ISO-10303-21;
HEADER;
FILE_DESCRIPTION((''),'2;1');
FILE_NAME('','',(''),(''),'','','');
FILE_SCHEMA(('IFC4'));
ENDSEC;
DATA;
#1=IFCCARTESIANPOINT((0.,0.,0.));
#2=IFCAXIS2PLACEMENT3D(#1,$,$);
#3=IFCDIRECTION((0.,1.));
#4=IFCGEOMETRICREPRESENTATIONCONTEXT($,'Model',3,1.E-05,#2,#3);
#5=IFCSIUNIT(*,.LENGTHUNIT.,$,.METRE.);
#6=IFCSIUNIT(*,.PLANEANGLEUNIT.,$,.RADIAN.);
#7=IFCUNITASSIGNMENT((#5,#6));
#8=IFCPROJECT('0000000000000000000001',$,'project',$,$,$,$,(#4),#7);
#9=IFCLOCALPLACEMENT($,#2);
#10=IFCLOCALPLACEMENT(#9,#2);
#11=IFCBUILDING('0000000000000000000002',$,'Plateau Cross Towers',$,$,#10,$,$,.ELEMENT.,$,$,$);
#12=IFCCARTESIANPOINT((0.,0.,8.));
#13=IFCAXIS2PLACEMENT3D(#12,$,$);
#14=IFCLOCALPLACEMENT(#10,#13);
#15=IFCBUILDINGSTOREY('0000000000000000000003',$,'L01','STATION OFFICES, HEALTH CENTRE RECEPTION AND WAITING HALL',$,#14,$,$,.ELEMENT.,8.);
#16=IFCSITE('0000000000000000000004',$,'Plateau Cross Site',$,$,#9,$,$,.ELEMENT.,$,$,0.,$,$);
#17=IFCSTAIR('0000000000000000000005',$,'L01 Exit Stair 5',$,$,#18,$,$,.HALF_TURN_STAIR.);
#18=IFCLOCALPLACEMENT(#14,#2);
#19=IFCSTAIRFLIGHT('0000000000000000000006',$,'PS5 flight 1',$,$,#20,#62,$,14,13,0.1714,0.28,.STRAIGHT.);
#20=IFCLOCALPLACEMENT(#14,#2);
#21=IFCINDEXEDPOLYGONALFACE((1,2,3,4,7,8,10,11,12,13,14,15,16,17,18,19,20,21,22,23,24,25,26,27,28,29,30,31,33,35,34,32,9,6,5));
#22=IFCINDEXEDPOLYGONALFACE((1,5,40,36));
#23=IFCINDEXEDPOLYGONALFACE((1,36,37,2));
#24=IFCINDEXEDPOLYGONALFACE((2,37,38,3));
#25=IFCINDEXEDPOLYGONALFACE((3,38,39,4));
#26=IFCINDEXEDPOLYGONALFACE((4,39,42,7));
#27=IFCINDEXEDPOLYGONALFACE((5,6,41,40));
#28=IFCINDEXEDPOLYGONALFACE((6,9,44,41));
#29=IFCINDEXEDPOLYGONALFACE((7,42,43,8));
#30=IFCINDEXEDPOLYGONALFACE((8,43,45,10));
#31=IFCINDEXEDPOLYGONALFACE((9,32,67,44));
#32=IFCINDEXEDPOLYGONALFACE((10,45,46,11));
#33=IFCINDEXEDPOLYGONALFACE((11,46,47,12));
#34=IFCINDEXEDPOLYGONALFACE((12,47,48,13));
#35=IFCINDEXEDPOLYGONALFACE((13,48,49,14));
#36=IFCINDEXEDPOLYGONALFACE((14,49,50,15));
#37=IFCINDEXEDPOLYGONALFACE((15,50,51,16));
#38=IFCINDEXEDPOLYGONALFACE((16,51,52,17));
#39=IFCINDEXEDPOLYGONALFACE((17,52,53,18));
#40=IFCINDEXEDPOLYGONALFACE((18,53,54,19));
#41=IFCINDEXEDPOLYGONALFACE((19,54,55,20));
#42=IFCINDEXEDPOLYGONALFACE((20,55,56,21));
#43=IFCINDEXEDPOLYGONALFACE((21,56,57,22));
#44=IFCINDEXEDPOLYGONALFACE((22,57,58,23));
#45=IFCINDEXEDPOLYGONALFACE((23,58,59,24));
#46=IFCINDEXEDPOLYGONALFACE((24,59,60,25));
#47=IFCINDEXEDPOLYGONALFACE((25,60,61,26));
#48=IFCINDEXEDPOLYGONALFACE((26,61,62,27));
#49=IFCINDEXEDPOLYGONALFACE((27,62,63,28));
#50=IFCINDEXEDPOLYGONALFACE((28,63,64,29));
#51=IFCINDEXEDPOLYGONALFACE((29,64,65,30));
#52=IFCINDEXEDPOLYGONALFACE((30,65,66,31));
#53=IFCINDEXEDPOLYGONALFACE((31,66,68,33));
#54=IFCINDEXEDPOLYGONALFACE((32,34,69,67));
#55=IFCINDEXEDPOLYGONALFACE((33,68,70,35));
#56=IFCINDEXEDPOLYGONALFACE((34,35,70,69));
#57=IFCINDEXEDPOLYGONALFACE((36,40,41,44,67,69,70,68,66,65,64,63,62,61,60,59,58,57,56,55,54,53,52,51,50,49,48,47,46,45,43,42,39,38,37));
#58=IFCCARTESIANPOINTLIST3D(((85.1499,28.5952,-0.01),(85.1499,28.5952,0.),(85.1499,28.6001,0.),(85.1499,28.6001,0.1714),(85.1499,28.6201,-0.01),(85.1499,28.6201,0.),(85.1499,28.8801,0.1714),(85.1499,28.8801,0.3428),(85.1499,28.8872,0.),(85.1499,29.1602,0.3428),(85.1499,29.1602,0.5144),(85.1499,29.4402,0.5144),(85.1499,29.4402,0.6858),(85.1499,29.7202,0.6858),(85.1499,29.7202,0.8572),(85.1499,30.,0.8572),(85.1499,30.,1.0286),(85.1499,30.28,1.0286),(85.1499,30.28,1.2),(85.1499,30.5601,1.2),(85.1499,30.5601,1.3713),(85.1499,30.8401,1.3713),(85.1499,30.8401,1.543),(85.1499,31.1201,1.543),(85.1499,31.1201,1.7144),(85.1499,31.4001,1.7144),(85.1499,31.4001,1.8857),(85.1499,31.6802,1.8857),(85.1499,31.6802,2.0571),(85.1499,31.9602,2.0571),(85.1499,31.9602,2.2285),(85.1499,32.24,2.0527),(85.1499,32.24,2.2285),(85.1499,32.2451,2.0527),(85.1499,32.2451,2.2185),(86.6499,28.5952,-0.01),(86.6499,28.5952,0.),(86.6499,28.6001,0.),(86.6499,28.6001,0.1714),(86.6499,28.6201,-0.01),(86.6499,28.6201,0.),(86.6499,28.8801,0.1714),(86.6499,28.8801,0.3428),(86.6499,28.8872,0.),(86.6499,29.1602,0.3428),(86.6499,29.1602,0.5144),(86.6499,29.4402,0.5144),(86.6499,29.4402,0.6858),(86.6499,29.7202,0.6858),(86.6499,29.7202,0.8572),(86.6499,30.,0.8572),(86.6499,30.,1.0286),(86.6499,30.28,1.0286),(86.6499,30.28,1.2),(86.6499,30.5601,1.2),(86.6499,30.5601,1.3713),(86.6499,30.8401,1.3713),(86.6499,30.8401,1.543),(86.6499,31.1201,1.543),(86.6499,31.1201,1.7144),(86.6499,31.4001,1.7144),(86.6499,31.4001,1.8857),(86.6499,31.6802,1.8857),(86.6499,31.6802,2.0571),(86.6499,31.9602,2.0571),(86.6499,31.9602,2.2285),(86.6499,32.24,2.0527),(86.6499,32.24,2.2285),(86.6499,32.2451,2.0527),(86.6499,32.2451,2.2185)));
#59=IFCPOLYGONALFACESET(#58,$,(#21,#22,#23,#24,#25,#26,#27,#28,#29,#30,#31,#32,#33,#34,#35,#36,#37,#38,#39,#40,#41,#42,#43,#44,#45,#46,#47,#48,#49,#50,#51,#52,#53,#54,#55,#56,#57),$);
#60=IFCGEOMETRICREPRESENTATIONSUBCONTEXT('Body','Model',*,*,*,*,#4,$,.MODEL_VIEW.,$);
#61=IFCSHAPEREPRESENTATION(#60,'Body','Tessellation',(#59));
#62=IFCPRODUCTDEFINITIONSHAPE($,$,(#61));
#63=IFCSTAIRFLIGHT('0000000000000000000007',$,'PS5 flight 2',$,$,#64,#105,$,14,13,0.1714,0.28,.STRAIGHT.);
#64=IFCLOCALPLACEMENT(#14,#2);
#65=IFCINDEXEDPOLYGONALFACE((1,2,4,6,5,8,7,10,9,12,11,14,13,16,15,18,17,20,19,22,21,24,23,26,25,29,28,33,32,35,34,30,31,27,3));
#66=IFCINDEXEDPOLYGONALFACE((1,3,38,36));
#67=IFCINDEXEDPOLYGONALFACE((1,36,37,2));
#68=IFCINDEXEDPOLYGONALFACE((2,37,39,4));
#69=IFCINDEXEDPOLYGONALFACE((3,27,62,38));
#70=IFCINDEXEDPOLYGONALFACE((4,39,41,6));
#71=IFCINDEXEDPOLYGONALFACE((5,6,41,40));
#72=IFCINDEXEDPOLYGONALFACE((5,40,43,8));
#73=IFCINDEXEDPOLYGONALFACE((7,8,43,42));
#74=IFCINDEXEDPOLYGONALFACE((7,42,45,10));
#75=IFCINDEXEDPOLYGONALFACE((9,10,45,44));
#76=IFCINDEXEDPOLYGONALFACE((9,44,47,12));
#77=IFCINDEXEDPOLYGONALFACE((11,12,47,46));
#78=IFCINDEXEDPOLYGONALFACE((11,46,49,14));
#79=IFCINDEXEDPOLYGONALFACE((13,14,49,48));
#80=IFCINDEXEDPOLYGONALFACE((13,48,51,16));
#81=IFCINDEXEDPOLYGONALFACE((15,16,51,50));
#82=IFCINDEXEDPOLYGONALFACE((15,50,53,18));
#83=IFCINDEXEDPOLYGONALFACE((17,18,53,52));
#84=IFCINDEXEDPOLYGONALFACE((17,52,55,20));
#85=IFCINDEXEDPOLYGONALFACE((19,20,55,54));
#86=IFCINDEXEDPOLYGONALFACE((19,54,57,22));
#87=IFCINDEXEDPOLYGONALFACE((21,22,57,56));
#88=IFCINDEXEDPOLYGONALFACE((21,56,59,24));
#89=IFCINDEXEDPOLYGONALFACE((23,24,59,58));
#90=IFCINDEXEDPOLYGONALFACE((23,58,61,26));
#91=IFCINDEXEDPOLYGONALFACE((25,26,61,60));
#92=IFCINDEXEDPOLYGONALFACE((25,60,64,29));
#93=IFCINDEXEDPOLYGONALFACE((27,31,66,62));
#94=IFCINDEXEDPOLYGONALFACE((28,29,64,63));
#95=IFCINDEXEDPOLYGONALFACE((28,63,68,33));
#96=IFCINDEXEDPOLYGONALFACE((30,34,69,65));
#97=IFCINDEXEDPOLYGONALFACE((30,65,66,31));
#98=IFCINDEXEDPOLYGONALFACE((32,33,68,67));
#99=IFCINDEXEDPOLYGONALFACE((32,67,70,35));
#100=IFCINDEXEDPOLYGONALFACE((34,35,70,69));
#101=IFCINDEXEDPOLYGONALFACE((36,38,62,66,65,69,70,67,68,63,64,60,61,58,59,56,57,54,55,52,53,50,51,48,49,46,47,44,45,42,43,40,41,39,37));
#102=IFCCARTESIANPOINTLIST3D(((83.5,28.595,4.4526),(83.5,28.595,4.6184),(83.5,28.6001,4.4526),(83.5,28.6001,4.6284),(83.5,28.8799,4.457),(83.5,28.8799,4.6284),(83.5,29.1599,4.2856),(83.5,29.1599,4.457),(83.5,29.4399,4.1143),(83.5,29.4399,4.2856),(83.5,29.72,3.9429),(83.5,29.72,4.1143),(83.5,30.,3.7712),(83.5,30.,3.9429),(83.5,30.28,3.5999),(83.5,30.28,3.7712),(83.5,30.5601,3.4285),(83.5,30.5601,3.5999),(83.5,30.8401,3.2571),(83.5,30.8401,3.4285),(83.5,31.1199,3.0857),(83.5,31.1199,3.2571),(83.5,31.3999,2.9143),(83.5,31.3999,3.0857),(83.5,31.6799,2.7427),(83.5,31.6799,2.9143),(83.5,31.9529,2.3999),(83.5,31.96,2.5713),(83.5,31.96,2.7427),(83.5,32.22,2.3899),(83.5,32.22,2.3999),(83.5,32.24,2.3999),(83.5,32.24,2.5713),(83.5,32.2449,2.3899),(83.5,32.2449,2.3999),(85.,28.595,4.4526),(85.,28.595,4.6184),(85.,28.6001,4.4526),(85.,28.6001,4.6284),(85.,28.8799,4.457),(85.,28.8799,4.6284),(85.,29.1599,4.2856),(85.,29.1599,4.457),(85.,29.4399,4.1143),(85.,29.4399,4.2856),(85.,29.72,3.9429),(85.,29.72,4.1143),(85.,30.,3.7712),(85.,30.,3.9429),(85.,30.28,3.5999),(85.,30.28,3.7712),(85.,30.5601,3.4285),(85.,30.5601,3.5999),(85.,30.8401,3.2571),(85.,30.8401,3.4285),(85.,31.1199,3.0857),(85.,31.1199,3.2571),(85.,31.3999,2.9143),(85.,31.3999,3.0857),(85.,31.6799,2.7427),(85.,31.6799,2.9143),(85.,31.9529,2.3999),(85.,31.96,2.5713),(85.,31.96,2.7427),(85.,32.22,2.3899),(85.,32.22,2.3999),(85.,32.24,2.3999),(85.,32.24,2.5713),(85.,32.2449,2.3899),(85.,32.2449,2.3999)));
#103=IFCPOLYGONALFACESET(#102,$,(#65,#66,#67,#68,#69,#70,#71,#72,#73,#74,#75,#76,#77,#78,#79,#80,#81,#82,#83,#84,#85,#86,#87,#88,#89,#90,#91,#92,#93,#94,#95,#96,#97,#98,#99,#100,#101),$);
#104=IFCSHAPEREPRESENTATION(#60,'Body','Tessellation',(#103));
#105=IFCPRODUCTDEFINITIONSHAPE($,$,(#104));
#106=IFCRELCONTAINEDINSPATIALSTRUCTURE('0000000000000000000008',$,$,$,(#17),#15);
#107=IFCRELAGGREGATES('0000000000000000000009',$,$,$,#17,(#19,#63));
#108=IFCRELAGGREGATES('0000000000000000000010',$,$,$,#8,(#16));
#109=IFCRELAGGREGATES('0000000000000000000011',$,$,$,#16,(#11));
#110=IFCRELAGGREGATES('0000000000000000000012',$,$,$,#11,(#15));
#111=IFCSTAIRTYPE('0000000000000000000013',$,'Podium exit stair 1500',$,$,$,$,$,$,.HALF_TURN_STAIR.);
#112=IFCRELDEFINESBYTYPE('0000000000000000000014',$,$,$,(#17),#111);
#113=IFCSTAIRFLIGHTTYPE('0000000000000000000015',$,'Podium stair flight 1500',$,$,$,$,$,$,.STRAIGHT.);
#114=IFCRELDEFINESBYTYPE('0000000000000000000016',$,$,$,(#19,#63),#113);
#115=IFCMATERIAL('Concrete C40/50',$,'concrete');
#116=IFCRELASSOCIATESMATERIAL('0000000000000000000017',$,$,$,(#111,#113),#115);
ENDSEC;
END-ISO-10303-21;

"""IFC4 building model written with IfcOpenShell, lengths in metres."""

from ifc_helpers import new_model, si_unit, direction, frame, origin, place, context, subcontext, project, spatial, polyline, outline, extrude, material, type_object, element, aggregate, save


model = new_model("IFC4")

# Units and contexts
model_context = context("Model", 3, precision=1e-05, world=origin(), true_north=direction((0.0, 1.0)))
body_context = subcontext(model_context, "Body", "Model", "MODEL_VIEW")
ifc_project = project(units=[si_unit("LENGTHUNIT", "METRE"), si_unit("PLANEANGLEUNIT", "RADIAN")], contexts=[model_context])

# Site, building, storey
site_placement = place(None, origin())
site = spatial("IfcSite", under=ifc_project, at=site_placement, Name="Plateau Cross Site", CompositionType="ELEMENT", RefElevation=0.0)
building_placement = place(site_placement, origin())
building = spatial("IfcBuilding", under=site, at=building_placement, Name="Plateau Cross Towers", CompositionType="ELEMENT")
storey_placement = place(building_placement, frame((0.0, 0.0, 8.0)))
storey = spatial("IfcBuildingStorey", under=building, at=storey_placement, Name="L01", Description="STATION OFFICES, HEALTH CENTRE RECEPTION AND WAITING HALL", CompositionType="ELEMENT", Elevation=8.0)

# Stair, stair flights
ifc_material_1 = material(Name="Concrete C40/50", Category="concrete")
stair_type = type_object("IfcStairType", Name="Podium exit stair 1500", PredefinedType="HALF_TURN_STAIR", material=ifc_material_1)
stair_placement = place(storey_placement, origin())
stair = element("IfcStair", 1, at=stair_placement, inside=storey, type_object=stair_type, Name="L01 Exit Stair 5", PredefinedType="HALF_TURN_STAIR")
stair_flight_type = type_object("IfcStairFlightType", Name="Podium stair flight 1500", PredefinedType="STRAIGHT", material=ifc_material_1)
stair_flight_1_placement = place(storey_placement, frame((85.8999, 28.6001, 0.0), z_axis=(0.0, 0.0, 1.0), x_axis=(0.0, 1.0, 0.0)))
stair_flight_1 = element("IfcStairFlight", 2, at=stair_flight_1_placement, type_object=stair_flight_type, Name="PS5 flight 1", NumberOfRisers=14, NumberOfTreads=13, PredefinedType="STRAIGHT", RiserHeight=0.1714, TreadLength=0.28, context=body_context, shape_type="SweptSolid", body=[
    extrude(outline(polyline([(-0.0049, -0.01), (-0.0049, 0.0), (0.0, 0.0), (0.0, 0.1714), (0.28, 0.1714), (0.28, 0.3428), (0.5601, 0.3428), (0.5601, 0.5144), (0.8401, 0.5144), (0.8401, 0.6858), (1.1201, 0.6858), (1.1201, 0.8572), (1.3999, 0.8572), (1.3999, 1.0286), (1.6799, 1.0286), (1.6799, 1.2), (1.96, 1.2), (1.96, 1.3713), (2.24, 1.3713), (2.24, 1.543), (2.52, 1.543), (2.52, 1.7144), (2.8, 1.7144), (2.8, 1.8857), (3.0801, 1.8857), (3.0801, 2.0571), (3.3601, 2.0571), (3.3601, 2.2285), (3.6399, 2.2285), (3.645, 2.2185), (3.645, 2.0527), (3.6399, 2.0527), (0.2871, 0.0), (0.02, 0.0), (0.02, -0.01), (-0.0049, -0.01)])), frame((0.0, 0.75, 0.0), z_axis=(0.0, -1.0, 0.0), x_axis=(1.0, 0.0, 0.0)), (0.0, 0.0, 1.0), 1.5),
])
stair_flight_2_placement = place(storey_placement, frame((84.25, 32.24, 2.3999), z_axis=(0.0, 0.0, 1.0), x_axis=(0.0, -1.0, 0.0)))
stair_flight_2 = element("IfcStairFlight", 3, at=stair_flight_2_placement, type_object=stair_flight_type, Name="PS5 flight 2", NumberOfRisers=14, NumberOfTreads=13, PredefinedType="STRAIGHT", RiserHeight=0.1714, TreadLength=0.28, context=body_context, shape_type="SweptSolid", body=[
    extrude(outline(polyline([(-0.0049, -0.01), (-0.0049, 0.0), (0.0, 0.0), (0.0, 0.1714), (0.28, 0.1714), (0.28, 0.3428), (0.5601, 0.3428), (0.5601, 0.5144), (0.8401, 0.5144), (0.8401, 0.6858), (1.1201, 0.6858), (1.1201, 0.8572), (1.3999, 0.8572), (1.3999, 1.0286), (1.6799, 1.0286), (1.6799, 1.2), (1.96, 1.2), (1.96, 1.3713), (2.24, 1.3713), (2.24, 1.543), (2.52, 1.543), (2.52, 1.7144), (2.8, 1.7144), (2.8, 1.8857), (3.0801, 1.8857), (3.0801, 2.0571), (3.3601, 2.0571), (3.3601, 2.2285), (3.6399, 2.2285), (3.645, 2.2185), (3.645, 2.0527), (3.6399, 2.0527), (0.2871, 0.0), (0.02, 0.0), (0.02, -0.01), (-0.0049, -0.01)])), frame((0.0, 0.75, 0.0), z_axis=(0.0, -1.0, 0.0), x_axis=(1.0, 0.0, 0.0)), (0.0, 0.0, 1.0), 1.5),
])
aggregate(stair, [stair_flight_1, stair_flight_2])

save(model, "model.ifc")
